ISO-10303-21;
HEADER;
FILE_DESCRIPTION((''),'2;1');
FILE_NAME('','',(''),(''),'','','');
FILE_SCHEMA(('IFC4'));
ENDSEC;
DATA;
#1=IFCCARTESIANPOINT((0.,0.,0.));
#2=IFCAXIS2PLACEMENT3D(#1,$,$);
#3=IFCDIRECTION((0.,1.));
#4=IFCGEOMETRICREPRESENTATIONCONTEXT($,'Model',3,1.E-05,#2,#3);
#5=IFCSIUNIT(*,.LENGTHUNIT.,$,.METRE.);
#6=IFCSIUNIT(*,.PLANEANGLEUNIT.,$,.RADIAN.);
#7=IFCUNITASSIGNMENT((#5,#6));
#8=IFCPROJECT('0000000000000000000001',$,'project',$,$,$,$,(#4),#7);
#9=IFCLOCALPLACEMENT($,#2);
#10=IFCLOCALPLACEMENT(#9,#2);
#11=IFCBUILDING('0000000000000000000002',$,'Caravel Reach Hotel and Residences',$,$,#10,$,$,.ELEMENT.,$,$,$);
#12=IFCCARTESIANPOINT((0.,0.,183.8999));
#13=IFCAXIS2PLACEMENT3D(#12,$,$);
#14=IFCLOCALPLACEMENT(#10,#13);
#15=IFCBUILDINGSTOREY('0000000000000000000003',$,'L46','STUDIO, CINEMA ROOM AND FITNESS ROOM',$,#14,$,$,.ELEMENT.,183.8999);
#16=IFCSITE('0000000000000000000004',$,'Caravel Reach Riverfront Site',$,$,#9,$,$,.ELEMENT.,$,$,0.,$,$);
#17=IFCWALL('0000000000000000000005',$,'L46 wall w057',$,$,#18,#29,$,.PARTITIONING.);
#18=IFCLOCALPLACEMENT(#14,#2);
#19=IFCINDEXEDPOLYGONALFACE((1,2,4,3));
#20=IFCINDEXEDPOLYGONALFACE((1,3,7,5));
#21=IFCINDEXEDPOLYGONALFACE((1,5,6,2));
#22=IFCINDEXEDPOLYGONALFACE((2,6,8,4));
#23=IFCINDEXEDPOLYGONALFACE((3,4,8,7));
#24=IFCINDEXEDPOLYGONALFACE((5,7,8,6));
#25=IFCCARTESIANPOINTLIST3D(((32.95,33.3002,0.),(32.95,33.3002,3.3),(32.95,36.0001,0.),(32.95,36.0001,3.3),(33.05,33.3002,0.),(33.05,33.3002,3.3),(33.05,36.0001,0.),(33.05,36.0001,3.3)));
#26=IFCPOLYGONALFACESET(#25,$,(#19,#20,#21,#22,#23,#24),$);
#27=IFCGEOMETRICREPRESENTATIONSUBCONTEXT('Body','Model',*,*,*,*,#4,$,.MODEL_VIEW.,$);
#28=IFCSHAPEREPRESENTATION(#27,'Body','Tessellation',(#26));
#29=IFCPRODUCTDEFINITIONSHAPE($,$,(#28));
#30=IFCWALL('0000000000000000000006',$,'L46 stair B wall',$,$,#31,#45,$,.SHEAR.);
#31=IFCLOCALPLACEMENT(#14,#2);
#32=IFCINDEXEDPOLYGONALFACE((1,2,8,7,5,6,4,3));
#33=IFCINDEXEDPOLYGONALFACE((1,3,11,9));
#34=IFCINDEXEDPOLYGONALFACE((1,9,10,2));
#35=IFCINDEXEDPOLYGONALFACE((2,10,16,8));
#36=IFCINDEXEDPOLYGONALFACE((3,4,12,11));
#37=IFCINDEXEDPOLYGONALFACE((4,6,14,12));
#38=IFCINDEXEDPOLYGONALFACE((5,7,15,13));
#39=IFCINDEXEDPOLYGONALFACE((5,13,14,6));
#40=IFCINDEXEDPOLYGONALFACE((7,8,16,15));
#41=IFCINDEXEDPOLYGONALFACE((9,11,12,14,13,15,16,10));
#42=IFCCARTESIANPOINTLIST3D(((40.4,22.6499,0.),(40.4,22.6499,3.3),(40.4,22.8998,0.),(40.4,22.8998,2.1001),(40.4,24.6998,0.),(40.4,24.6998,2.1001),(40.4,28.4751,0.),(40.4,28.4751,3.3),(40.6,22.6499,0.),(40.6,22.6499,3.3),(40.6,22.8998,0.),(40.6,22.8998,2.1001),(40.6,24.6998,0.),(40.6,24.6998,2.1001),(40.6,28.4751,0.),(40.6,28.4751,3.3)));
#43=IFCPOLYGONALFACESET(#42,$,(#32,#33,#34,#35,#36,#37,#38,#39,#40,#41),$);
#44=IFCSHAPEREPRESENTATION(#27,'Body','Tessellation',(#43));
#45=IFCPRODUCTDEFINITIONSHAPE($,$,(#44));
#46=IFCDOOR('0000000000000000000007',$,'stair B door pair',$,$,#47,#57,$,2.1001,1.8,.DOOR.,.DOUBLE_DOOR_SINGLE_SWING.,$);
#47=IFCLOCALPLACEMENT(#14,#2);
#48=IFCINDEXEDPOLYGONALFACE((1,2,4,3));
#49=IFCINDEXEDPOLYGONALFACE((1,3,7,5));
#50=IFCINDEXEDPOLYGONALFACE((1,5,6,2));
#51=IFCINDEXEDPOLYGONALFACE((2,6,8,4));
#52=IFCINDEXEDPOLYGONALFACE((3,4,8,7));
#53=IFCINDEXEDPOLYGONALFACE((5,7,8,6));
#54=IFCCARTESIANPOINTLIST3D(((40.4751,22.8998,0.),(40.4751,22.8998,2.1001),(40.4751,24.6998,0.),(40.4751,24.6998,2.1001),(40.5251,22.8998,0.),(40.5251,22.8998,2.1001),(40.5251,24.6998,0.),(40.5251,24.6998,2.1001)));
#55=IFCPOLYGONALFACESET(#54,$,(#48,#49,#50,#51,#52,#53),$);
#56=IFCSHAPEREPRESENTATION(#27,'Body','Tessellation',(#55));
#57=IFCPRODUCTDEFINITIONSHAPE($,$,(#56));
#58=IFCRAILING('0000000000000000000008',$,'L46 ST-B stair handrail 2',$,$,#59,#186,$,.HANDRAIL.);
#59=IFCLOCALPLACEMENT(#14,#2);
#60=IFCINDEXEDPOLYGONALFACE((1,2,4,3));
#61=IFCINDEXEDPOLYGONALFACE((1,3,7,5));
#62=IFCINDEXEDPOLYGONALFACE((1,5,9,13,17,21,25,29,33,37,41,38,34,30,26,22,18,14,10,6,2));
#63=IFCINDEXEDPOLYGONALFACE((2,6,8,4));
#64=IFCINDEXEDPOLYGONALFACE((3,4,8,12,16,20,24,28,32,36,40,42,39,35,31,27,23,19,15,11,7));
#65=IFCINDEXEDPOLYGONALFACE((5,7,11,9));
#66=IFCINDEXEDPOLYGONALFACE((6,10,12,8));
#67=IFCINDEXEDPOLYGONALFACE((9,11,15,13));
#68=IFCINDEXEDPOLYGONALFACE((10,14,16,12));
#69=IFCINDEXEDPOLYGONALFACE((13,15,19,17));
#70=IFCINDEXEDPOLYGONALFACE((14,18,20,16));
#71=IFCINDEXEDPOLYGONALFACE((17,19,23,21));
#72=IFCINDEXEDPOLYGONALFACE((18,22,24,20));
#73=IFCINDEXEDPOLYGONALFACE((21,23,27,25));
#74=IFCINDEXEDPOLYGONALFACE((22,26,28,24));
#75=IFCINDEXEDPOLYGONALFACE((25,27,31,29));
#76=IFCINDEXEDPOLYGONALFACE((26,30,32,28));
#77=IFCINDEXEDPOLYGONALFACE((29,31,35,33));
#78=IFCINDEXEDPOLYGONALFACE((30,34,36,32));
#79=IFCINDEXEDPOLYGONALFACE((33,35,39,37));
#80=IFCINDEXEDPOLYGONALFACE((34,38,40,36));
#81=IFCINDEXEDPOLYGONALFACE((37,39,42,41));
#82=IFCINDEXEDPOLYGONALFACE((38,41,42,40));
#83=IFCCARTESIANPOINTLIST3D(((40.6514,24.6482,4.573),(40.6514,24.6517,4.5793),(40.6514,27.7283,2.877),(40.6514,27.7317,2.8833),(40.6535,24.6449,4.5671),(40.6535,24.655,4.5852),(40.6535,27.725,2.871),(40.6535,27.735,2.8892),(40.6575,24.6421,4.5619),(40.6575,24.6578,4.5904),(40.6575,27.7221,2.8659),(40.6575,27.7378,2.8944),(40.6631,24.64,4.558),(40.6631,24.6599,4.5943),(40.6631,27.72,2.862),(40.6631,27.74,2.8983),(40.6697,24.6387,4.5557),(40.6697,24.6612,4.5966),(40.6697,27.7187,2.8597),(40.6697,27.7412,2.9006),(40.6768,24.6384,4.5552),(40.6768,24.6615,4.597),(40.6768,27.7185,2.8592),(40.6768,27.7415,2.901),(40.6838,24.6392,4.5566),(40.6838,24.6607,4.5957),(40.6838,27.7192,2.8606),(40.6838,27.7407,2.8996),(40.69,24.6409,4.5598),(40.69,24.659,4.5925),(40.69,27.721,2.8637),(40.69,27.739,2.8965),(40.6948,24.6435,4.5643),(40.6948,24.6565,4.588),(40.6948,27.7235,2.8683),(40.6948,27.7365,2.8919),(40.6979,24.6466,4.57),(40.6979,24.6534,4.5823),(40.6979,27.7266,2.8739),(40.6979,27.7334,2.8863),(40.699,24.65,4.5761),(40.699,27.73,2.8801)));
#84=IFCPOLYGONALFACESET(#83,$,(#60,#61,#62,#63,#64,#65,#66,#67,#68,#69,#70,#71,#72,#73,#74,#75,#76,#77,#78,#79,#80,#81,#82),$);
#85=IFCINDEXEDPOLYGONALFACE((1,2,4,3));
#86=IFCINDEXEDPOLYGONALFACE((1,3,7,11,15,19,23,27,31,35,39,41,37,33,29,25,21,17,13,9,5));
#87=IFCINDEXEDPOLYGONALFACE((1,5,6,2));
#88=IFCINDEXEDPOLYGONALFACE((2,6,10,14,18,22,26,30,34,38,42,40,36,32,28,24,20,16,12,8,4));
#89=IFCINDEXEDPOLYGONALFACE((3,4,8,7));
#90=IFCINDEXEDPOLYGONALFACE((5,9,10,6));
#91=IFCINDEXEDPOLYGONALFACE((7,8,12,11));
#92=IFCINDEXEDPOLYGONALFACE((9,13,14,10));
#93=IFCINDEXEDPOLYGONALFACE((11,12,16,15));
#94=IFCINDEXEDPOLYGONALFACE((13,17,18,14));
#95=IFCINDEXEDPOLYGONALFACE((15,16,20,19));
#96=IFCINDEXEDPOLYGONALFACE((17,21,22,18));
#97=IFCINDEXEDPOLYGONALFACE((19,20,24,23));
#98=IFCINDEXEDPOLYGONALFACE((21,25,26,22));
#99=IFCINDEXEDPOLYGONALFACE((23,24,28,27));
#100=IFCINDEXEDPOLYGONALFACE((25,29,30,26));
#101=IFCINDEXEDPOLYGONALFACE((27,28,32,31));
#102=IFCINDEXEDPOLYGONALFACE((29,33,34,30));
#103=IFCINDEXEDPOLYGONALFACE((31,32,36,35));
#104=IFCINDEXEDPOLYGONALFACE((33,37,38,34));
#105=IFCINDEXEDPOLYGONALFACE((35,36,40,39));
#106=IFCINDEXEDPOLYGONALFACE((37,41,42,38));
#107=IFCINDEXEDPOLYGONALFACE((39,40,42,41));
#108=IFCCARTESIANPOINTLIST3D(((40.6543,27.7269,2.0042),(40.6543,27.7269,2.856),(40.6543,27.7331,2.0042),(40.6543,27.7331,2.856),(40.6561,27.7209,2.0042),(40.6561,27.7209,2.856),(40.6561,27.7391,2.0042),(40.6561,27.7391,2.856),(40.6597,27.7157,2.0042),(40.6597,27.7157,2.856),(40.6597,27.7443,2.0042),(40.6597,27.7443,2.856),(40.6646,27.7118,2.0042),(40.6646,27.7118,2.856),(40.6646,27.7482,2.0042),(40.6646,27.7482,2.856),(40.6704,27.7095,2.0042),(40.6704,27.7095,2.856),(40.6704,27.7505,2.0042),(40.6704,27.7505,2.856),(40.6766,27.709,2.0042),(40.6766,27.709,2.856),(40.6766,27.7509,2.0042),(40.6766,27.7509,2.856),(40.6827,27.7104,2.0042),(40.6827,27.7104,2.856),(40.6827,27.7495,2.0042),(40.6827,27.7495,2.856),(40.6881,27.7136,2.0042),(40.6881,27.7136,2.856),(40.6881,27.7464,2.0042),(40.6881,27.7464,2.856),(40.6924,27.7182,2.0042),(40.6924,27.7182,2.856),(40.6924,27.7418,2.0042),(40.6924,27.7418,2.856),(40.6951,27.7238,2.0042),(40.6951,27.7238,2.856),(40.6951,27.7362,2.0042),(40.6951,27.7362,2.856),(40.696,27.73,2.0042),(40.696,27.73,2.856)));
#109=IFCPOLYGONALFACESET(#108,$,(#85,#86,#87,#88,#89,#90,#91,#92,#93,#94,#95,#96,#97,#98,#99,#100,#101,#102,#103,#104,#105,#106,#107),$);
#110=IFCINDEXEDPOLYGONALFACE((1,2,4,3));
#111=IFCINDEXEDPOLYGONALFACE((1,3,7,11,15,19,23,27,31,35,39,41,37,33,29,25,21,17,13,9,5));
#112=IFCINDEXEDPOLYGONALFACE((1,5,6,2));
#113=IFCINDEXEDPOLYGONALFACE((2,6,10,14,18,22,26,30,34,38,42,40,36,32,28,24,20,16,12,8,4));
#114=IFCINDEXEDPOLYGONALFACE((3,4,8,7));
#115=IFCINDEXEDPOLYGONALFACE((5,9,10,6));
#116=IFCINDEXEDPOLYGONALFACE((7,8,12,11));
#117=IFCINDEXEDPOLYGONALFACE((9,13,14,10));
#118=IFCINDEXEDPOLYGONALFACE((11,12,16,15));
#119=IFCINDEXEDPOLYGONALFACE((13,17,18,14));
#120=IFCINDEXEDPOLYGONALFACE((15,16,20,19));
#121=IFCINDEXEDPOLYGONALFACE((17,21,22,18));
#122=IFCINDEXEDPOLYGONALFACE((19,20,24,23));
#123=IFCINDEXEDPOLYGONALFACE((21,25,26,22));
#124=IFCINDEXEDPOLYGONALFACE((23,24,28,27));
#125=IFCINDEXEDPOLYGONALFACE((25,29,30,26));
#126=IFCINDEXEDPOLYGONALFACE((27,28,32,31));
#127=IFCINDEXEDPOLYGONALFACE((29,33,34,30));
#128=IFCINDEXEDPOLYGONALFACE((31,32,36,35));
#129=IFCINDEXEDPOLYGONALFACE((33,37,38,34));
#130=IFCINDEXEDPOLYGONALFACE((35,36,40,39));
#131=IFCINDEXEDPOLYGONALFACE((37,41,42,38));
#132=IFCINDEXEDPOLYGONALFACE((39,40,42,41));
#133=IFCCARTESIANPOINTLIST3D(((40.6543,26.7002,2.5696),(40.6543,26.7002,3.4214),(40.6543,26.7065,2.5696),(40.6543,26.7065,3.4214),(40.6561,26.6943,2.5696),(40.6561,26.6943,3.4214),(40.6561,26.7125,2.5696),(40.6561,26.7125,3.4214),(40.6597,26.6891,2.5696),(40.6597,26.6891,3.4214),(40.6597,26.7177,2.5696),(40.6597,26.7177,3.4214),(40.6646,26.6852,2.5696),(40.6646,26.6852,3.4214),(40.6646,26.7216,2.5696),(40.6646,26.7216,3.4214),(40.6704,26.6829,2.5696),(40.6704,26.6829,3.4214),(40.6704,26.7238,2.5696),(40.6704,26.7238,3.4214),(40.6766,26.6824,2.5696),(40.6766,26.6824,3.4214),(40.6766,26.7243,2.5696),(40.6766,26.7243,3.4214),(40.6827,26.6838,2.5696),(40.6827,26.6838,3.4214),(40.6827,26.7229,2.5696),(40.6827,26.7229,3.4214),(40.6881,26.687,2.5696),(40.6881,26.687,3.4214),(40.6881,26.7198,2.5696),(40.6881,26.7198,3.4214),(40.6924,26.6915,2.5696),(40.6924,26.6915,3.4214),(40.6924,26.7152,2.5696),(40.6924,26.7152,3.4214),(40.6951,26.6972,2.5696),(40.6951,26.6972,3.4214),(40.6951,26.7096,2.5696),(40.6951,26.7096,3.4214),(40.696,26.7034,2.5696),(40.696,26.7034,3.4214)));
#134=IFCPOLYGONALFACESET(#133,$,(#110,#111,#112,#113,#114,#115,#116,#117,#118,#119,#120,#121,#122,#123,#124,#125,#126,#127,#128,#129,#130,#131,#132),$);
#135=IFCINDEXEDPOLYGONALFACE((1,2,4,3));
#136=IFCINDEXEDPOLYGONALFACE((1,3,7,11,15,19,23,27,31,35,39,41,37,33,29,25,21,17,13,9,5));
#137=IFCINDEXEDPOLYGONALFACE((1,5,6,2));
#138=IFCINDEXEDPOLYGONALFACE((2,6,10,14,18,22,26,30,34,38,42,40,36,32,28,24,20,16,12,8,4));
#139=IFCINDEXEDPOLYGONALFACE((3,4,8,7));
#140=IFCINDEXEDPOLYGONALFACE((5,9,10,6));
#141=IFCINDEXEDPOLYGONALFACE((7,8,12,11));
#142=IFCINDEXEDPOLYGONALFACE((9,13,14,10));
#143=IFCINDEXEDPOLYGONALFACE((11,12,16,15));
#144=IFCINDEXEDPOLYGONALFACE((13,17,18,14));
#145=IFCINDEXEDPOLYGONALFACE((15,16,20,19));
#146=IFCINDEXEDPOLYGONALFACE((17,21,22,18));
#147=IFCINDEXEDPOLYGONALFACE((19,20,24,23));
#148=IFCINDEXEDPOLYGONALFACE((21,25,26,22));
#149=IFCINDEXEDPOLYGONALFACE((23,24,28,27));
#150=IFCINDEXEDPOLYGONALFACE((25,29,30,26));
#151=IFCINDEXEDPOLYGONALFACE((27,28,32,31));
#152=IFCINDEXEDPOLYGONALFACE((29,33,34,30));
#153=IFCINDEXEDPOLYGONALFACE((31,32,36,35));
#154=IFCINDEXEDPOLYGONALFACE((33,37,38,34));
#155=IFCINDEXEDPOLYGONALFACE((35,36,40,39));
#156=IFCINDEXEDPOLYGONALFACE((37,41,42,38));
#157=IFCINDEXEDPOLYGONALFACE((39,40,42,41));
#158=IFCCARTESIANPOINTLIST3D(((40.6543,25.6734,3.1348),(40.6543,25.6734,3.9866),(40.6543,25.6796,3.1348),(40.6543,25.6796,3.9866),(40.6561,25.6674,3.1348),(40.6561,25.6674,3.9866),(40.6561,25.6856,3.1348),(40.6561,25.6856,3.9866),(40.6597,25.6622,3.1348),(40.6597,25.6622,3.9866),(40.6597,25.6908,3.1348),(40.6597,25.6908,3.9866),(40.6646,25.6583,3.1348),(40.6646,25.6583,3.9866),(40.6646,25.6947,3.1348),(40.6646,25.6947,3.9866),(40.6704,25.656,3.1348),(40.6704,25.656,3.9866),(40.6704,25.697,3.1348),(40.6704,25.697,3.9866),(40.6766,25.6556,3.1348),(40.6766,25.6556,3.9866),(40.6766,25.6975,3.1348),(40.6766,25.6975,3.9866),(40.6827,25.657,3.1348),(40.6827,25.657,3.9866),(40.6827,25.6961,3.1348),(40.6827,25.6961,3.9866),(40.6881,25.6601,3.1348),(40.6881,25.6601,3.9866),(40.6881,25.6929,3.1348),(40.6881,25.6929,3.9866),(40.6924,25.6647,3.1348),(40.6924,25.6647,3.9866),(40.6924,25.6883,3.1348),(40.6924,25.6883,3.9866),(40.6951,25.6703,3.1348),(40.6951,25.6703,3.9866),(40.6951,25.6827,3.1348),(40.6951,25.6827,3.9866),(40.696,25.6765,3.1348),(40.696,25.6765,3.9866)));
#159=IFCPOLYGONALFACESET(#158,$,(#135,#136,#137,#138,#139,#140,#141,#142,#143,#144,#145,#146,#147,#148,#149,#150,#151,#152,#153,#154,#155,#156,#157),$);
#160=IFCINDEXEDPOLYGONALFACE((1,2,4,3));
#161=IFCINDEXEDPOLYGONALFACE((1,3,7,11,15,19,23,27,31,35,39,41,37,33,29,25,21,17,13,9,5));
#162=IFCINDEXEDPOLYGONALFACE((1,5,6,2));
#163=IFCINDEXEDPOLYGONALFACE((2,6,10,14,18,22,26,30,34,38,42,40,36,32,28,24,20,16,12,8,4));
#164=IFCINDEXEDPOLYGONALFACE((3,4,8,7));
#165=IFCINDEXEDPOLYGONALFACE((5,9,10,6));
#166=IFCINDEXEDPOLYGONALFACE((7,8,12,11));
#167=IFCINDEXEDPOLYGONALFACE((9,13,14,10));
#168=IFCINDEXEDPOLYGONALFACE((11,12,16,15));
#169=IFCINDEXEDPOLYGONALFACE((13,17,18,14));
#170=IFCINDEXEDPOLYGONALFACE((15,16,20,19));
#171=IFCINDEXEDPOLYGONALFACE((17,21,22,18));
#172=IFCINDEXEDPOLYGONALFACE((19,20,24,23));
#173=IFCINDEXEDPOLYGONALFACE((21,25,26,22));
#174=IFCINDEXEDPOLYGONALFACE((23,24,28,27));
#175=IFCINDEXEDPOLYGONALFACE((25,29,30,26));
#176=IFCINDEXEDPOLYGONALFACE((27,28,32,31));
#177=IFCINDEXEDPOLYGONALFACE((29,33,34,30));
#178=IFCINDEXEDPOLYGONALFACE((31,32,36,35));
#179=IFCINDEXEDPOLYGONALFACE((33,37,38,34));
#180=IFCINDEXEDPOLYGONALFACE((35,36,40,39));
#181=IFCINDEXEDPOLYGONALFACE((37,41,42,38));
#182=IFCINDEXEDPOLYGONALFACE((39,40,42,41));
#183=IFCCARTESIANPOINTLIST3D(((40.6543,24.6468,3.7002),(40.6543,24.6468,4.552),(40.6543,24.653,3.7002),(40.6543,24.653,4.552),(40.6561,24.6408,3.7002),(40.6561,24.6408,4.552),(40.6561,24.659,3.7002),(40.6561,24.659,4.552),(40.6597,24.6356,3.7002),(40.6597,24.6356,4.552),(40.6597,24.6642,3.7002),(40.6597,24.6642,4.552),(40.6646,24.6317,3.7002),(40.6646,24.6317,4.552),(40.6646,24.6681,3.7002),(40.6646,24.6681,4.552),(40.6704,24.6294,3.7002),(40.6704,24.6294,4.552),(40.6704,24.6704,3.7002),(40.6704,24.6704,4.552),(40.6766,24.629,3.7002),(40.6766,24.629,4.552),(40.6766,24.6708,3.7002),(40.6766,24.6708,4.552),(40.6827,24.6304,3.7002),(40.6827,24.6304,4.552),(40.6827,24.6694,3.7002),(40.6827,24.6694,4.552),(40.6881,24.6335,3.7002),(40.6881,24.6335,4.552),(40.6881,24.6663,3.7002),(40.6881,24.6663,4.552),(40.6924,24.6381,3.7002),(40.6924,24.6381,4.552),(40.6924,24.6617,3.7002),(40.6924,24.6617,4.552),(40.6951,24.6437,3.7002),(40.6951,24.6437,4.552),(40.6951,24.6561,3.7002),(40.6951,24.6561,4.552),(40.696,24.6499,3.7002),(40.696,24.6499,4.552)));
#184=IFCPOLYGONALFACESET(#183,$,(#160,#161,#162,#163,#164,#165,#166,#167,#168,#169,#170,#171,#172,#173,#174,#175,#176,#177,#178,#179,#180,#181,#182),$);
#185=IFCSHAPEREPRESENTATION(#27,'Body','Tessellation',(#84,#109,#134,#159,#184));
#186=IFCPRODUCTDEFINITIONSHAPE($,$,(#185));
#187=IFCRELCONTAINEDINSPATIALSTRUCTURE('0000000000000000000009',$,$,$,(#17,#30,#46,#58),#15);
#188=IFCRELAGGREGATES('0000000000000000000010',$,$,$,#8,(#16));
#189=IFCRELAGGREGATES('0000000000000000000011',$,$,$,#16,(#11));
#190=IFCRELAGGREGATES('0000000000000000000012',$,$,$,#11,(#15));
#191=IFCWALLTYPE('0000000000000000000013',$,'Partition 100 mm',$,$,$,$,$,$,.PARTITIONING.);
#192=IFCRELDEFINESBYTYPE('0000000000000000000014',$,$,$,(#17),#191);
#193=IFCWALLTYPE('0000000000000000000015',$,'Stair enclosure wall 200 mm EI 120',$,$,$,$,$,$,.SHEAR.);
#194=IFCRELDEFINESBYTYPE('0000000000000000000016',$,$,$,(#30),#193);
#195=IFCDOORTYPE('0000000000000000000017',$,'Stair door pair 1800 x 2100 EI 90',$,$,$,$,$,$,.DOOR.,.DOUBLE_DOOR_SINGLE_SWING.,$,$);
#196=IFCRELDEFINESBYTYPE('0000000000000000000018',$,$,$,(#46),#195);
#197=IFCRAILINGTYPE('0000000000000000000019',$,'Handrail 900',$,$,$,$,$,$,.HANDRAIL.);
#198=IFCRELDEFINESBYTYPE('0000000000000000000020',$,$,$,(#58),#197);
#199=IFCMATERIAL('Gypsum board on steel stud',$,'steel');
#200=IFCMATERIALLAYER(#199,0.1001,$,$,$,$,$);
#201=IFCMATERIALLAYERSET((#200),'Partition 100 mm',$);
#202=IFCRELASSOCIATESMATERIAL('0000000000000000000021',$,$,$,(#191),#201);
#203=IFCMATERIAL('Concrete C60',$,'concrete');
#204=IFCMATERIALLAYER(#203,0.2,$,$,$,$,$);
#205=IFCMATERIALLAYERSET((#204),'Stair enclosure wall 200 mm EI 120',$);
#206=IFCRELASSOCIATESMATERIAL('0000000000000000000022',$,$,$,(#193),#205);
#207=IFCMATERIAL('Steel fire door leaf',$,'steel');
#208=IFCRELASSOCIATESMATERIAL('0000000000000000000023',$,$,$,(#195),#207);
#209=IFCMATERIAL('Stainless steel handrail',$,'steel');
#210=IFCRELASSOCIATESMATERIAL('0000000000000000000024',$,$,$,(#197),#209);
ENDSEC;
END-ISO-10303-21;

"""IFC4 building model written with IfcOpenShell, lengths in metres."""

from ifc_helpers import new_model, si_unit, direction, frame, frame_2d, origin, origin_2d, place, context, subcontext, project, spatial, rectangle, circle, extrude, material, layer, layer_set, type_object, element, fill, save


model = new_model("IFC4")

# Units and contexts
model_context = context("Model", 3, precision=1e-05, world=origin(), true_north=direction((0.0, 1.0)))
body_context = subcontext(model_context, "Body", "Model", "MODEL_VIEW")
ifc_project = project(units=[si_unit("LENGTHUNIT", "METRE"), si_unit("PLANEANGLEUNIT", "RADIAN")], contexts=[model_context])

# Site, building, storey
site_placement = place(None, origin())
site = spatial("IfcSite", under=ifc_project, at=site_placement, Name="Caravel Reach Riverfront Site", CompositionType="ELEMENT", RefElevation=0.0)
building_placement = place(site_placement, origin())
building = spatial("IfcBuilding", under=site, at=building_placement, Name="Caravel Reach Hotel and Residences", CompositionType="ELEMENT")
storey_placement = place(building_placement, frame((0.0, 0.0, 183.8999)))
storey = spatial("IfcBuildingStorey", under=building, at=storey_placement, Name="L46", Description="STUDIO, CINEMA ROOM AND FITNESS ROOM", CompositionType="ELEMENT", Elevation=183.8999)

# Wall
ifc_material_1 = material(Name="Gypsum board on steel stud", Category="steel")
ifc_layer_1 = layer(ifc_material_1, 0.1001)
ifc_layer_set_1 = layer_set([ifc_layer_1], Name="Partition 100 mm")
wall_type_1 = type_object("IfcWallType", Name="Partition 100 mm", PredefinedType="PARTITIONING", material=ifc_layer_set_1)
wall_1_placement = place(storey_placement, frame((33.0, 33.3, 0.0), z_axis=(0.0, 0.0, 1.0), x_axis=(0.0, 1.0, 0.0)))
element("IfcWall", 1, at=wall_1_placement, inside=storey, type_object=wall_type_1, Name="L46 wall w057", PredefinedType="PARTITIONING", context=body_context, shape_type="SweptSolid", body=[
    extrude(rectangle(XDim=2.7, YDim=0.1001, at=frame_2d((1.3501, 0.0))), origin(), (0.0, 0.0, 1.0), 3.3),
])

# Wall, opening, door
ifc_material_2 = material(Name="Concrete C60", Category="concrete")
ifc_layer_2 = layer(ifc_material_2, 0.2)
ifc_layer_set_2 = layer_set([ifc_layer_2], Name="Stair enclosure wall 200 mm EI 120")
wall_type_2 = type_object("IfcWallType", Name="Stair enclosure wall 200 mm EI 120", PredefinedType="SHEAR", material=ifc_layer_set_2)
wall_2_placement = place(storey_placement, frame((40.5, 22.6499, 0.0), z_axis=(0.0, 0.0, 1.0), x_axis=(0.0, 1.0, 0.0)))
wall_2 = element("IfcWall", 2, at=wall_2_placement, inside=storey, type_object=wall_type_2, Name="L46 stair B wall", PredefinedType="SHEAR", context=body_context, shape_type="SweptSolid", body=[
    extrude(rectangle(XDim=5.8252, YDim=0.2, at=frame_2d((2.9126, 0.0))), origin(), (0.0, 0.0, 1.0), 3.3),
])
opening_1_placement = place(wall_2_placement, frame((0.25, 0.0, 0.0)))
opening_1 = element("IfcOpeningElement", 3, at=opening_1_placement, cuts=wall_2, PredefinedType="OPENING", context=body_context, shape_type="SweptSolid", body=[
    extrude(rectangle(XDim=1.8, YDim=2.1001, at=frame_2d((0.8999, 1.05))), frame((0.0, 0.1099, 0.0), z_axis=(0.0, -1.0, 0.0), x_axis=(1.0, 0.0, 0.0)), (0.0, 0.0, 1.0), 0.22),
])
ifc_material_3 = material(Name="Steel fire door leaf", Category="steel")
door_type_1 = type_object("IfcDoorType", Name="Stair door pair 1800 x 2100 EI 90", OperationType="DOUBLE_DOOR_SINGLE_SWING", PredefinedType="DOOR", material=ifc_material_3)
door_1_placement = place(opening_1_placement, origin())
door_1 = element("IfcDoor", 4, at=door_1_placement, inside=storey, type_object=door_type_1, Name="stair B door pair", OperationType="DOUBLE_DOOR_SINGLE_SWING", OverallHeight=2.1001, OverallWidth=1.8, PredefinedType="DOOR", context=body_context, shape_type="SweptSolid", body=[
    extrude(rectangle(XDim=1.8, YDim=2.1001, at=frame_2d((0.8999, 1.05))), frame((0.0, 0.0249, 0.0), z_axis=(0.0, -1.0, 0.0), x_axis=(1.0, 0.0, 0.0)), (0.0, 0.0, 1.0), 0.05),
])
fill(opening_1, door_1)

# Railing
ifc_material_4 = material(Name="Stainless steel handrail", Category="steel")
railing_type = type_object("IfcRailingType", Name="Handrail 900", PredefinedType="HANDRAIL", material=ifc_material_4)
railing_placement = place(storey_placement, frame((40.675, 27.73, 2.0042)))
element("IfcRailing", 5, at=railing_placement, inside=storey, type_object=railing_type, Name="L46 ST-B stair handrail 2", PredefinedType="HANDRAIL", context=body_context, shape_type="SweptSolid", body=[
    extrude(circle(Radius=0.0239, at=origin_2d()), frame((0.0, 0.0, 0.876), z_axis=(0.0, -0.875975, 0.482356), x_axis=(1.0, 0.0, 0.0)), (0.0, 0.0, 1.0), 3.5161),
    extrude(circle(Radius=0.021, at=origin_2d()), origin(), (0.0, 0.0, 1.0), 0.8518),
    extrude(circle(Radius=0.021, at=origin_2d()), frame((0.0, -1.0266, 0.5654)), (0.0, 0.0, 1.0), 0.8518),
    extrude(circle(Radius=0.021, at=origin_2d()), frame((0.0, -2.0535, 1.1306)), (0.0, 0.0, 1.0), 0.8518),
    extrude(circle(Radius=0.021, at=origin_2d()), frame((0.0, -3.0801, 1.696)), (0.0, 0.0, 1.0), 0.8518),
])

save(model, "model.ifc")
